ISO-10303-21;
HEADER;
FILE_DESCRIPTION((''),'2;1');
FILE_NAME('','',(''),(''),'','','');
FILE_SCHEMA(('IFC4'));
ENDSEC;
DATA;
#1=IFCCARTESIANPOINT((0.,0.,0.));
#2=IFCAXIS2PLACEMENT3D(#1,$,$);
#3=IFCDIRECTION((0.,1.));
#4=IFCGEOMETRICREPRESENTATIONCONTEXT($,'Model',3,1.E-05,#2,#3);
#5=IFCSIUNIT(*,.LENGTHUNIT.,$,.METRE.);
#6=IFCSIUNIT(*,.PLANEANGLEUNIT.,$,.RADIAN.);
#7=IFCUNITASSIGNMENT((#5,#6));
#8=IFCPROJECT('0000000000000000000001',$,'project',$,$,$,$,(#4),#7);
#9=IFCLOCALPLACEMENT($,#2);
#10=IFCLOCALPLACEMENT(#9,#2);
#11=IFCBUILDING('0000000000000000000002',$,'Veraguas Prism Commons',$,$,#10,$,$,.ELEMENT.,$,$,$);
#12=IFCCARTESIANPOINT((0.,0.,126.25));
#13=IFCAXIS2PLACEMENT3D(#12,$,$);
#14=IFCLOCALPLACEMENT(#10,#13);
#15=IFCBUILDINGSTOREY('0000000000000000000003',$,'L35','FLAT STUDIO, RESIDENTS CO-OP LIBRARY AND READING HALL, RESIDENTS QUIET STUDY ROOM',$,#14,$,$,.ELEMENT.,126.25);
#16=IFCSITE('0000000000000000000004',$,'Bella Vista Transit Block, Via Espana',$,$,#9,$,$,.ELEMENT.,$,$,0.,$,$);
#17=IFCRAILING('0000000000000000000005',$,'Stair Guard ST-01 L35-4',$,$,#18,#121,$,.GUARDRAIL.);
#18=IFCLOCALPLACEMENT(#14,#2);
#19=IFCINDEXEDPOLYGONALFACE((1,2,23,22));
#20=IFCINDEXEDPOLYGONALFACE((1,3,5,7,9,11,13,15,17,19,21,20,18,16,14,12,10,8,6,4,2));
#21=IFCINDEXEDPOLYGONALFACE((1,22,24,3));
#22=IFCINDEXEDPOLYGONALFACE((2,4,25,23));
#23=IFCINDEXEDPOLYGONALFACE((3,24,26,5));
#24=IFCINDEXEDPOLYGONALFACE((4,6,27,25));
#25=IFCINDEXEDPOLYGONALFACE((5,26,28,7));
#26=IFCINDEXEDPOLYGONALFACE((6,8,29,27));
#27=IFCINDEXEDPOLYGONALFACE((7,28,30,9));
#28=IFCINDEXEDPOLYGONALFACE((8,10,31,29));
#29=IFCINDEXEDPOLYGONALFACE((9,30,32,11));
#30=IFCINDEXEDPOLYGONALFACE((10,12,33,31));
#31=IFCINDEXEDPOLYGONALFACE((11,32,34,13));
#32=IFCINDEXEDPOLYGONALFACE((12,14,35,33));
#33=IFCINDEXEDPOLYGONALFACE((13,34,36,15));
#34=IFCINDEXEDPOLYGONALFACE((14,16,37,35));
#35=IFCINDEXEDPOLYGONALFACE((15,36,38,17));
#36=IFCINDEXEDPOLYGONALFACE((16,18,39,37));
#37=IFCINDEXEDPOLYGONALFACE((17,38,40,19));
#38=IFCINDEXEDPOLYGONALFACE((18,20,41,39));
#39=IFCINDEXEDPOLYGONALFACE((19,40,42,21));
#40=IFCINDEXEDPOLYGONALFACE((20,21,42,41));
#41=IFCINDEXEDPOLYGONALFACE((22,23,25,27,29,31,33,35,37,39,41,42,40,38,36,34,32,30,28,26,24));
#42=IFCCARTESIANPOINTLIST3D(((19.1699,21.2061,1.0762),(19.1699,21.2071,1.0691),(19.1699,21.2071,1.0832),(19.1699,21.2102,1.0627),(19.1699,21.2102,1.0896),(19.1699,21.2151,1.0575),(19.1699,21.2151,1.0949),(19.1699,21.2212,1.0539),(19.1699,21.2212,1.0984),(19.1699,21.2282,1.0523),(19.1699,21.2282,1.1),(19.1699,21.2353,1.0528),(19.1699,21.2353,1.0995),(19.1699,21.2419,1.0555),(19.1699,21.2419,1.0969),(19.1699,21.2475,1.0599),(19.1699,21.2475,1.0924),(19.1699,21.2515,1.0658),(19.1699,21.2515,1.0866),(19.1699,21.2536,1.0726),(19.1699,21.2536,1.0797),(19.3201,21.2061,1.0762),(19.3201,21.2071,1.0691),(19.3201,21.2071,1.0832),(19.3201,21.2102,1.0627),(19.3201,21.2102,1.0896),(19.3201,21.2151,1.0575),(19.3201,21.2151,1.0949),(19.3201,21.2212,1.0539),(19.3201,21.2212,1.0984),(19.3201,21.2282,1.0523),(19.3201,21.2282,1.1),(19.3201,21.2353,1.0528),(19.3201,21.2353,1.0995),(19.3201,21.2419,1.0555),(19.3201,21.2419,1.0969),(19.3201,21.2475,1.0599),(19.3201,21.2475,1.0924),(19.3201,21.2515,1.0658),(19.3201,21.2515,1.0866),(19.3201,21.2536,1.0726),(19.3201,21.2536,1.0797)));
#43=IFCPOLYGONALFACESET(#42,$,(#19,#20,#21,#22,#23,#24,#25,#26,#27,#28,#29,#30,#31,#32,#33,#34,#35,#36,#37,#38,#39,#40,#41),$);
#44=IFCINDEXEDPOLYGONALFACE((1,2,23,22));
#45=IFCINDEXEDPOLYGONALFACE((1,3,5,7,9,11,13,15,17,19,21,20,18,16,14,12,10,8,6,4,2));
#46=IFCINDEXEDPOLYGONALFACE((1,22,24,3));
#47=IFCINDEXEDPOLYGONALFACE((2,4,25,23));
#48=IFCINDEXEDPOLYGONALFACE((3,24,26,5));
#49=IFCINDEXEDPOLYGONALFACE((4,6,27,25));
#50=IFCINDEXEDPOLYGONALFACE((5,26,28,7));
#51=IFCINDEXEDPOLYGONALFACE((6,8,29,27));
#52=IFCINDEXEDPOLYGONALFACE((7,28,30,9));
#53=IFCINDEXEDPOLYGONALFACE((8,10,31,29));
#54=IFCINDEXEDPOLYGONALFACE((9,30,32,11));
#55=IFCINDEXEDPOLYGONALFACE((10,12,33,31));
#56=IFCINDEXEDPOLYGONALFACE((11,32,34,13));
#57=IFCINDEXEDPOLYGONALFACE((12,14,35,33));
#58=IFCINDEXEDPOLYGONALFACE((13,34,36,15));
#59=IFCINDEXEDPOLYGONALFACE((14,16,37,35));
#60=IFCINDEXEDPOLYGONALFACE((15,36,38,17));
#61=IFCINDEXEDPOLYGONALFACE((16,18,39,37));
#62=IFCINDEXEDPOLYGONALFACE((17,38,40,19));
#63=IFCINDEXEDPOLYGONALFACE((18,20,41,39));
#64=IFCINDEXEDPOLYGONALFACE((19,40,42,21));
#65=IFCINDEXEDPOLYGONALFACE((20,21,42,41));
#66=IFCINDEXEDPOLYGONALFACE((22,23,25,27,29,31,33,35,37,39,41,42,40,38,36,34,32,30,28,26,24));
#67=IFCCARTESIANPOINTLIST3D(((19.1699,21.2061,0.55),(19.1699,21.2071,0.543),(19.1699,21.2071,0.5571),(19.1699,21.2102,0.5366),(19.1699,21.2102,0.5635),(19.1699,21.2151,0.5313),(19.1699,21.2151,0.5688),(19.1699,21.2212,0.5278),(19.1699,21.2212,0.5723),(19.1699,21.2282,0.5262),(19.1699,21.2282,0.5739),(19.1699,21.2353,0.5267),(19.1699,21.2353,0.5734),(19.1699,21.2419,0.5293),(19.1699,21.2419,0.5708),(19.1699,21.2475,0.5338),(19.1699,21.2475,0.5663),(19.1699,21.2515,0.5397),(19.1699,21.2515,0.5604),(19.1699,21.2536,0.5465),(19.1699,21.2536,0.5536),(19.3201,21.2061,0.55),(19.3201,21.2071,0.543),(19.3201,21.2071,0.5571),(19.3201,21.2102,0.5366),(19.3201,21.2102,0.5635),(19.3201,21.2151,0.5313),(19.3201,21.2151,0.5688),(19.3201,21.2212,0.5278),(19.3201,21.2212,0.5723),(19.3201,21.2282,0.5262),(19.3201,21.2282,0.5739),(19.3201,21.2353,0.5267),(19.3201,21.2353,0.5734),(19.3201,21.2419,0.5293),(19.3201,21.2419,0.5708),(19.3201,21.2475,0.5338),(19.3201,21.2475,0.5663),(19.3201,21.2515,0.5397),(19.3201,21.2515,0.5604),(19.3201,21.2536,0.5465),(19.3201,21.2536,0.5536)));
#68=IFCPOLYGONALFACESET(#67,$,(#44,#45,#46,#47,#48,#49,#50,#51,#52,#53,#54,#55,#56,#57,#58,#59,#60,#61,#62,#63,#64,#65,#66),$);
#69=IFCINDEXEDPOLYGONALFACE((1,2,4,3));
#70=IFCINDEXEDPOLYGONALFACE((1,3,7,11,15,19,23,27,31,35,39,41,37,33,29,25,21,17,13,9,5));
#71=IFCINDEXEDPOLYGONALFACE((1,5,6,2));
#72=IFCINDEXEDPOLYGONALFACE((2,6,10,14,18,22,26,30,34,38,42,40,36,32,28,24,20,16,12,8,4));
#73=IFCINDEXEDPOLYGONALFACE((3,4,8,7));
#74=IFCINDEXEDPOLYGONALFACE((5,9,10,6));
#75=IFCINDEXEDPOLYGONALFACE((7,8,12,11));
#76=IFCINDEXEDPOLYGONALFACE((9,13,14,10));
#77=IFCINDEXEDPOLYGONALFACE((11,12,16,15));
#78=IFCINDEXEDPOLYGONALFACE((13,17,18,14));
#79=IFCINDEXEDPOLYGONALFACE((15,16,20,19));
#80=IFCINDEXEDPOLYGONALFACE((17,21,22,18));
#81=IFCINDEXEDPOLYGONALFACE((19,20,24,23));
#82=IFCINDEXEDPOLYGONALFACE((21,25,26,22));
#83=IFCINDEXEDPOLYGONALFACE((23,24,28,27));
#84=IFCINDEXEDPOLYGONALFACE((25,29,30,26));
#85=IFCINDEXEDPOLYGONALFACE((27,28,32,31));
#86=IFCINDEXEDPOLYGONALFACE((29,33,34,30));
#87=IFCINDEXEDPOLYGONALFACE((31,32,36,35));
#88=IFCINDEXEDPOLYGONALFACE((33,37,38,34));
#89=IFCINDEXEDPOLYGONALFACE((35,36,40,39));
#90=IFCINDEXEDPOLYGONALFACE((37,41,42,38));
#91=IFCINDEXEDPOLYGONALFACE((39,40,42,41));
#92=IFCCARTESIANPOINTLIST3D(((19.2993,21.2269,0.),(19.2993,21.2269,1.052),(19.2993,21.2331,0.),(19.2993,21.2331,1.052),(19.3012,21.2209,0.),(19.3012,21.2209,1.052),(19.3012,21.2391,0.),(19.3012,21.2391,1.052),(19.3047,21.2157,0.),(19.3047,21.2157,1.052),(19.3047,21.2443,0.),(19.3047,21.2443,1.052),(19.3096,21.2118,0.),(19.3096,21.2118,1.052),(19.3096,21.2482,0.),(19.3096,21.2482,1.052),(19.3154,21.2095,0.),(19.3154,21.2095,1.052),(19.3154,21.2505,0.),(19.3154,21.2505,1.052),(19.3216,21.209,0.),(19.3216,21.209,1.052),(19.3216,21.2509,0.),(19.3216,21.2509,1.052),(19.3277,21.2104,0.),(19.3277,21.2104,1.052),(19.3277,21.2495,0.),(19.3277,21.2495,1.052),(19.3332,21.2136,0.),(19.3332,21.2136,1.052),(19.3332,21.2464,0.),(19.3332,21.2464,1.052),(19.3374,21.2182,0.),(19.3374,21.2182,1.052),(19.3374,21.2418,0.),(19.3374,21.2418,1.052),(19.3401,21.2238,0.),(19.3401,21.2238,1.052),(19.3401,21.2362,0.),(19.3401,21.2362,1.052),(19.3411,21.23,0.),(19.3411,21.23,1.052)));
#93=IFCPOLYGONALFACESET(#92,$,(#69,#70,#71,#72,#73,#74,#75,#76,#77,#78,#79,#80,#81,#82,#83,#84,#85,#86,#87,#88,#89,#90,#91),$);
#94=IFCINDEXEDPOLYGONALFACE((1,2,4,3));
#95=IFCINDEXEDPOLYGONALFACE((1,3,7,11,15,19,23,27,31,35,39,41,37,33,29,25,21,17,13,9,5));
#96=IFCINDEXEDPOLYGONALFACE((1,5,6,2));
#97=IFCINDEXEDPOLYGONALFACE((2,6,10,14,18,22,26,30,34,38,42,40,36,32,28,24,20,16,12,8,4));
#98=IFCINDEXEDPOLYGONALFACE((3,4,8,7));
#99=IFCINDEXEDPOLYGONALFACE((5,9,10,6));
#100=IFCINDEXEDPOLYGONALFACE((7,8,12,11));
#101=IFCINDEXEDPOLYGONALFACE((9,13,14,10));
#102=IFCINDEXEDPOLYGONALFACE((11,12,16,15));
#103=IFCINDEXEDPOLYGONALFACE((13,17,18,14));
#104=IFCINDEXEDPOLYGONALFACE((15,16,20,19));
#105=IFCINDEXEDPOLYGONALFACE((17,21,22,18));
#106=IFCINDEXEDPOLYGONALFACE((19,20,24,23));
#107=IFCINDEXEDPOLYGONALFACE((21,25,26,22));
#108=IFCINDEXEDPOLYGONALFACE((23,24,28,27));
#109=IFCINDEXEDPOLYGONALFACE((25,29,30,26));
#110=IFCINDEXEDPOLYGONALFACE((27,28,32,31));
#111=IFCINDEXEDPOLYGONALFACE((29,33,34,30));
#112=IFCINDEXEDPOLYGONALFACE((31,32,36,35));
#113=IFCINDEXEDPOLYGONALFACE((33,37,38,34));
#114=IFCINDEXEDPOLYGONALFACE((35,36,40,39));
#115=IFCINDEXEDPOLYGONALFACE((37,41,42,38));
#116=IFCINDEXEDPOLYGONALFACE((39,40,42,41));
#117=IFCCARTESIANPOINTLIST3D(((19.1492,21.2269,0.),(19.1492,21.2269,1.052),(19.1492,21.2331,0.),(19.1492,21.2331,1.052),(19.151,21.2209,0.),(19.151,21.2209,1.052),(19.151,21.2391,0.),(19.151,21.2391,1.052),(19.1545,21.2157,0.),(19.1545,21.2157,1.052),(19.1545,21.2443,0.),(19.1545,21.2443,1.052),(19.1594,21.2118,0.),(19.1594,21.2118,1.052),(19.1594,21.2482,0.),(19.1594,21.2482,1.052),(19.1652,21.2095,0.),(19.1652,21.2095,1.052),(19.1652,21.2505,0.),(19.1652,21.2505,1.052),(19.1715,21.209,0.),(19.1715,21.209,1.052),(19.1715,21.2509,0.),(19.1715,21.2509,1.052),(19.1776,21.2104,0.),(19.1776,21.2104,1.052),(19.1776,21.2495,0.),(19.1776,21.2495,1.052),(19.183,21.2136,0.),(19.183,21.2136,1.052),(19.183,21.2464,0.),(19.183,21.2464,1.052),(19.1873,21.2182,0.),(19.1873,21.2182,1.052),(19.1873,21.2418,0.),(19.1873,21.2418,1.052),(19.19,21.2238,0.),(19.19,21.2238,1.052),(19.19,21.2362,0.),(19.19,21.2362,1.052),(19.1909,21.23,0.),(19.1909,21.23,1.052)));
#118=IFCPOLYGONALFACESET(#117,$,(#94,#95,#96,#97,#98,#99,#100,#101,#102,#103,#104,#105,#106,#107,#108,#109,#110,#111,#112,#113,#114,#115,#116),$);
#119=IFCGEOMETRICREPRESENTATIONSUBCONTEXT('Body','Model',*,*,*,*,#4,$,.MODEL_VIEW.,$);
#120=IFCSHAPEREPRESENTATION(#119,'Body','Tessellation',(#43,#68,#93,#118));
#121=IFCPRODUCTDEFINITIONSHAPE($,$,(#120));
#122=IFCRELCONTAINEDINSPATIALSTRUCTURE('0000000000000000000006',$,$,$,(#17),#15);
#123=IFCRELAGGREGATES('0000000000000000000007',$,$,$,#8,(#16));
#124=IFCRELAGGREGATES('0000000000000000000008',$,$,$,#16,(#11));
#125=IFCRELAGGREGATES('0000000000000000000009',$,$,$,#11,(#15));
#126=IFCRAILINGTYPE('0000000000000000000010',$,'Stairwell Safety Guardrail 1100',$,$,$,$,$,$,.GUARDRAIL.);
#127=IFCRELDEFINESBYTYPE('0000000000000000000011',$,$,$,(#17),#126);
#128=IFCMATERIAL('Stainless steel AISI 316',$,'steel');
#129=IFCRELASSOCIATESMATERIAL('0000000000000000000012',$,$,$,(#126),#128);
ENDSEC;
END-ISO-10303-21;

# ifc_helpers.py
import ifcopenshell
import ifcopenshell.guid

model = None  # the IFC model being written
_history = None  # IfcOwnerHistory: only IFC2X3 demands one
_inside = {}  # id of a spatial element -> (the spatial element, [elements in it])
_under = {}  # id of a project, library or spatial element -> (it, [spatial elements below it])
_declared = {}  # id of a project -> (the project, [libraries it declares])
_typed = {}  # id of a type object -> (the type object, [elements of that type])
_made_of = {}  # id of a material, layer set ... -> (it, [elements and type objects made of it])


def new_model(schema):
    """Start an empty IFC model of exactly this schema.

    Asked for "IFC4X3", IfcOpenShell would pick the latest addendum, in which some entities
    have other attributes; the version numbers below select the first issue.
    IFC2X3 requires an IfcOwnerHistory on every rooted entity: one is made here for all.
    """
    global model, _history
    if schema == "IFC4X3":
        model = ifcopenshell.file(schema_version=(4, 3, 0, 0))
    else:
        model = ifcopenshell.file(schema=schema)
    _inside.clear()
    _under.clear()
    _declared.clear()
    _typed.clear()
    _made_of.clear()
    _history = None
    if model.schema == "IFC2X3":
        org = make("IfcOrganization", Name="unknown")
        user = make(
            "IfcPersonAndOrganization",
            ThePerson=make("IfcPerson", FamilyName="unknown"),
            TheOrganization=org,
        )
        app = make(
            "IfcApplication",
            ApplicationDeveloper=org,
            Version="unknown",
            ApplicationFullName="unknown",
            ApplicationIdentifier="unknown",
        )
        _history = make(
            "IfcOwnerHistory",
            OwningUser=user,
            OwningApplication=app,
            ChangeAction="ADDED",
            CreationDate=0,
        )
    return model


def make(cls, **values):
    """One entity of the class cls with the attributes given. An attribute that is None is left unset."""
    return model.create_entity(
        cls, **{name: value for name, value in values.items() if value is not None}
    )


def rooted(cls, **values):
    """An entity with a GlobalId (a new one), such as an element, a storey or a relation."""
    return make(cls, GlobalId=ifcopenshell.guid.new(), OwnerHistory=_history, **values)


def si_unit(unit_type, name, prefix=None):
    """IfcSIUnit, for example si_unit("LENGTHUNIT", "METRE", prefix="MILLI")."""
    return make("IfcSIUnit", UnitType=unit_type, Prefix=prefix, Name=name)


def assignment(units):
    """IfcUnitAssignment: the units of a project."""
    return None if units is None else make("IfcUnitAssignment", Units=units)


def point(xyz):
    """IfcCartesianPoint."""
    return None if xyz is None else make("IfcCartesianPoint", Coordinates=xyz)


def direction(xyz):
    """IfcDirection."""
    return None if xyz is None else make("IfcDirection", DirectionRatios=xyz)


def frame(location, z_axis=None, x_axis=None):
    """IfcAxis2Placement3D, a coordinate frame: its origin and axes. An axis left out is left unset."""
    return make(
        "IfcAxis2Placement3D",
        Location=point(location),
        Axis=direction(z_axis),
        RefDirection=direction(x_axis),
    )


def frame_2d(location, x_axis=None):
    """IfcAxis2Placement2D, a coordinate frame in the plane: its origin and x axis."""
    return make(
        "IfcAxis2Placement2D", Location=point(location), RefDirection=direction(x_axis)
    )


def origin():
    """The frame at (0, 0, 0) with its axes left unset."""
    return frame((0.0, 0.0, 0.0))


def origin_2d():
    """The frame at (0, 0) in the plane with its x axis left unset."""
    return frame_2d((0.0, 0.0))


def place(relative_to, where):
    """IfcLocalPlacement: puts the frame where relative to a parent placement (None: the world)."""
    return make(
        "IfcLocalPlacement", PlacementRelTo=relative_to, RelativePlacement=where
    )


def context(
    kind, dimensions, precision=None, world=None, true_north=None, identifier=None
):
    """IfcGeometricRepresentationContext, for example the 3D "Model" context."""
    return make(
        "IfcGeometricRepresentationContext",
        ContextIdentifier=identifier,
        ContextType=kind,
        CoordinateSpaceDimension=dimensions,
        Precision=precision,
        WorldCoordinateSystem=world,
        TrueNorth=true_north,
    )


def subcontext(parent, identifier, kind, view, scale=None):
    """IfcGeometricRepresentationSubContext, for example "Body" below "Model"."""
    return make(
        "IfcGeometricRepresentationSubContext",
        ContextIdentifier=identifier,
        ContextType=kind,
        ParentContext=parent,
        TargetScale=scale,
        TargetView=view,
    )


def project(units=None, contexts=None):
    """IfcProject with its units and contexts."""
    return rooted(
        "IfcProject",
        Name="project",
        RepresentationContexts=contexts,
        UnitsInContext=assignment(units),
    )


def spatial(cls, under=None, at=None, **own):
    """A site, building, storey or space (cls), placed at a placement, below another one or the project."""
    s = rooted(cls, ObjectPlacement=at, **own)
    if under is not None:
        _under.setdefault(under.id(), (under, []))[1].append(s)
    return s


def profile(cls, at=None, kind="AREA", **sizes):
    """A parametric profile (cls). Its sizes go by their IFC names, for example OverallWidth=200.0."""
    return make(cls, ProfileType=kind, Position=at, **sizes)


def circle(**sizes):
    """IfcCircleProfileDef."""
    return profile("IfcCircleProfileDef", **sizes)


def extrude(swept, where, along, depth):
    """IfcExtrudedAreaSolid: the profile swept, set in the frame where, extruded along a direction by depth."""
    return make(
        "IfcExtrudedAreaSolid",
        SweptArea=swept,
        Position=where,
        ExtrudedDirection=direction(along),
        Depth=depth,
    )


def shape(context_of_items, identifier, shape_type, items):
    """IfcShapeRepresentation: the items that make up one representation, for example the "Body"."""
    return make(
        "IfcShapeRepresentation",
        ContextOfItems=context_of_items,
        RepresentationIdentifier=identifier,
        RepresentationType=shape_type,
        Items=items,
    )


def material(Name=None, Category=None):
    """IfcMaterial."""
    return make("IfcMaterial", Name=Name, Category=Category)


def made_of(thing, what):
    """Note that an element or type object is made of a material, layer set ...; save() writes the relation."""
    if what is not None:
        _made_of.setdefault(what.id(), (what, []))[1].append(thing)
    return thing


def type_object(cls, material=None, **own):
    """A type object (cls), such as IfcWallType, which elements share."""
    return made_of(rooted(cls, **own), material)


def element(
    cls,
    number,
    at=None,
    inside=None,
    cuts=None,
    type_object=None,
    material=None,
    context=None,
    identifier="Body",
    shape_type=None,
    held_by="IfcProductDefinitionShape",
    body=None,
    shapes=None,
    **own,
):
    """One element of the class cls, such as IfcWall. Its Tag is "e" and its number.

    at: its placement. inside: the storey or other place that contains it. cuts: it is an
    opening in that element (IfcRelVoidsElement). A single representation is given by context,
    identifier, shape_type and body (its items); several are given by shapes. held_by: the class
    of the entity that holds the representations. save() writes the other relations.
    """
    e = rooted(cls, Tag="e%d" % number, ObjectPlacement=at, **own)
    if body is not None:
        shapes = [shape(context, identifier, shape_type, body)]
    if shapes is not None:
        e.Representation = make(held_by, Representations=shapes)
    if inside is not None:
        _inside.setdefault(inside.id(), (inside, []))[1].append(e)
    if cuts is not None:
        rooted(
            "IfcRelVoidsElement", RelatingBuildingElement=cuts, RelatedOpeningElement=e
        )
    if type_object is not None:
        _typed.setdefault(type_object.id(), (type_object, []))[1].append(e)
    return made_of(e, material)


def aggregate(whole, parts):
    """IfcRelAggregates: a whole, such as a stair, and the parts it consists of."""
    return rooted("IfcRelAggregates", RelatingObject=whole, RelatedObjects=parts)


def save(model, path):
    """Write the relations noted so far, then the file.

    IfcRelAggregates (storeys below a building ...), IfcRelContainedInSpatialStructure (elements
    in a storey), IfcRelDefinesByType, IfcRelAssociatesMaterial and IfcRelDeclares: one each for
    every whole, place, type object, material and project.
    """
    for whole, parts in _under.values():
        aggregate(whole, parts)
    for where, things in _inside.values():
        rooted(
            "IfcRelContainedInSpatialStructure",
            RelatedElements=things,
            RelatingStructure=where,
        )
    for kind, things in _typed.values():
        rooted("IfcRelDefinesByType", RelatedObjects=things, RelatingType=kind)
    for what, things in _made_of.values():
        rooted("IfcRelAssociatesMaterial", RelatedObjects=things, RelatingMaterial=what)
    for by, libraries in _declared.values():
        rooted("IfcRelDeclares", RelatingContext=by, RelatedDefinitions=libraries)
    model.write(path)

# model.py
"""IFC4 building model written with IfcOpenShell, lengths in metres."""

from ifc_helpers import new_model, si_unit, direction, frame, origin, origin_2d, place, context, subcontext, project, spatial, circle, extrude, material, type_object, element, save


model = new_model("IFC4")

# Units and contexts
model_context = context("Model", 3, precision=1e-05, world=origin(), true_north=direction((0.0, 1.0)))
body_context = subcontext(model_context, "Body", "Model", "MODEL_VIEW")
ifc_project = project(units=[si_unit("LENGTHUNIT", "METRE"), si_unit("PLANEANGLEUNIT", "RADIAN")], contexts=[model_context])

# Site, building, storey
site_placement = place(None, origin())
site = spatial("IfcSite", under=ifc_project, at=site_placement, Name="Bella Vista Transit Block, Via Espana", CompositionType="ELEMENT", RefElevation=0.0)
building_placement = place(site_placement, origin())
building = spatial("IfcBuilding", under=site, at=building_placement, Name="Veraguas Prism Commons", CompositionType="ELEMENT")
storey_placement = place(building_placement, frame((0.0, 0.0, 126.25)))
storey = spatial("IfcBuildingStorey", under=building, at=storey_placement, Name="L35", Description="FLAT STUDIO, RESIDENTS CO-OP LIBRARY AND READING HALL, RESIDENTS QUIET STUDY ROOM", CompositionType="ELEMENT", Elevation=126.25)

# Railing
ifc_material_1 = material(Name="Stainless steel AISI 316", Category="steel")
railing_type_1 = type_object("IfcRailingType", Name="Stairwell Safety Guardrail 1100", PredefinedType="GUARDRAIL", material=ifc_material_1)
railing_1_placement = place(storey_placement, frame((19.3201, 21.23, 0.0)))
element("IfcRailing", 1, at=railing_1_placement, inside=storey, type_object=railing_type_1, Name="Stair Guard ST-01 L35-4", PredefinedType="GUARDRAIL", context=body_context, shape_type="SweptSolid", body=[
    extrude(circle(Radius=0.0239, at=origin_2d()), frame((0.0, 0.0, 1.0762), z_axis=(-1.0, 0.0, 0.0), x_axis=(0.0, -1.0, 0.0)), (0.0, 0.0, 1.0), 0.1501),
    extrude(circle(Radius=0.0239, at=origin_2d()), frame((0.0, 0.0, 0.55), z_axis=(-1.0, 0.0, 0.0), x_axis=(0.0, -1.0, 0.0)), (0.0, 0.0, 1.0), 0.1501),
    extrude(circle(Radius=0.021, at=origin_2d()), origin(), (0.0, 0.0, 1.0), 1.052),
    extrude(circle(Radius=0.021, at=origin_2d()), frame((-0.1501, 0.0, 0.0)), (0.0, 0.0, 1.0), 1.052),
])

save(model, "model.ifc")
